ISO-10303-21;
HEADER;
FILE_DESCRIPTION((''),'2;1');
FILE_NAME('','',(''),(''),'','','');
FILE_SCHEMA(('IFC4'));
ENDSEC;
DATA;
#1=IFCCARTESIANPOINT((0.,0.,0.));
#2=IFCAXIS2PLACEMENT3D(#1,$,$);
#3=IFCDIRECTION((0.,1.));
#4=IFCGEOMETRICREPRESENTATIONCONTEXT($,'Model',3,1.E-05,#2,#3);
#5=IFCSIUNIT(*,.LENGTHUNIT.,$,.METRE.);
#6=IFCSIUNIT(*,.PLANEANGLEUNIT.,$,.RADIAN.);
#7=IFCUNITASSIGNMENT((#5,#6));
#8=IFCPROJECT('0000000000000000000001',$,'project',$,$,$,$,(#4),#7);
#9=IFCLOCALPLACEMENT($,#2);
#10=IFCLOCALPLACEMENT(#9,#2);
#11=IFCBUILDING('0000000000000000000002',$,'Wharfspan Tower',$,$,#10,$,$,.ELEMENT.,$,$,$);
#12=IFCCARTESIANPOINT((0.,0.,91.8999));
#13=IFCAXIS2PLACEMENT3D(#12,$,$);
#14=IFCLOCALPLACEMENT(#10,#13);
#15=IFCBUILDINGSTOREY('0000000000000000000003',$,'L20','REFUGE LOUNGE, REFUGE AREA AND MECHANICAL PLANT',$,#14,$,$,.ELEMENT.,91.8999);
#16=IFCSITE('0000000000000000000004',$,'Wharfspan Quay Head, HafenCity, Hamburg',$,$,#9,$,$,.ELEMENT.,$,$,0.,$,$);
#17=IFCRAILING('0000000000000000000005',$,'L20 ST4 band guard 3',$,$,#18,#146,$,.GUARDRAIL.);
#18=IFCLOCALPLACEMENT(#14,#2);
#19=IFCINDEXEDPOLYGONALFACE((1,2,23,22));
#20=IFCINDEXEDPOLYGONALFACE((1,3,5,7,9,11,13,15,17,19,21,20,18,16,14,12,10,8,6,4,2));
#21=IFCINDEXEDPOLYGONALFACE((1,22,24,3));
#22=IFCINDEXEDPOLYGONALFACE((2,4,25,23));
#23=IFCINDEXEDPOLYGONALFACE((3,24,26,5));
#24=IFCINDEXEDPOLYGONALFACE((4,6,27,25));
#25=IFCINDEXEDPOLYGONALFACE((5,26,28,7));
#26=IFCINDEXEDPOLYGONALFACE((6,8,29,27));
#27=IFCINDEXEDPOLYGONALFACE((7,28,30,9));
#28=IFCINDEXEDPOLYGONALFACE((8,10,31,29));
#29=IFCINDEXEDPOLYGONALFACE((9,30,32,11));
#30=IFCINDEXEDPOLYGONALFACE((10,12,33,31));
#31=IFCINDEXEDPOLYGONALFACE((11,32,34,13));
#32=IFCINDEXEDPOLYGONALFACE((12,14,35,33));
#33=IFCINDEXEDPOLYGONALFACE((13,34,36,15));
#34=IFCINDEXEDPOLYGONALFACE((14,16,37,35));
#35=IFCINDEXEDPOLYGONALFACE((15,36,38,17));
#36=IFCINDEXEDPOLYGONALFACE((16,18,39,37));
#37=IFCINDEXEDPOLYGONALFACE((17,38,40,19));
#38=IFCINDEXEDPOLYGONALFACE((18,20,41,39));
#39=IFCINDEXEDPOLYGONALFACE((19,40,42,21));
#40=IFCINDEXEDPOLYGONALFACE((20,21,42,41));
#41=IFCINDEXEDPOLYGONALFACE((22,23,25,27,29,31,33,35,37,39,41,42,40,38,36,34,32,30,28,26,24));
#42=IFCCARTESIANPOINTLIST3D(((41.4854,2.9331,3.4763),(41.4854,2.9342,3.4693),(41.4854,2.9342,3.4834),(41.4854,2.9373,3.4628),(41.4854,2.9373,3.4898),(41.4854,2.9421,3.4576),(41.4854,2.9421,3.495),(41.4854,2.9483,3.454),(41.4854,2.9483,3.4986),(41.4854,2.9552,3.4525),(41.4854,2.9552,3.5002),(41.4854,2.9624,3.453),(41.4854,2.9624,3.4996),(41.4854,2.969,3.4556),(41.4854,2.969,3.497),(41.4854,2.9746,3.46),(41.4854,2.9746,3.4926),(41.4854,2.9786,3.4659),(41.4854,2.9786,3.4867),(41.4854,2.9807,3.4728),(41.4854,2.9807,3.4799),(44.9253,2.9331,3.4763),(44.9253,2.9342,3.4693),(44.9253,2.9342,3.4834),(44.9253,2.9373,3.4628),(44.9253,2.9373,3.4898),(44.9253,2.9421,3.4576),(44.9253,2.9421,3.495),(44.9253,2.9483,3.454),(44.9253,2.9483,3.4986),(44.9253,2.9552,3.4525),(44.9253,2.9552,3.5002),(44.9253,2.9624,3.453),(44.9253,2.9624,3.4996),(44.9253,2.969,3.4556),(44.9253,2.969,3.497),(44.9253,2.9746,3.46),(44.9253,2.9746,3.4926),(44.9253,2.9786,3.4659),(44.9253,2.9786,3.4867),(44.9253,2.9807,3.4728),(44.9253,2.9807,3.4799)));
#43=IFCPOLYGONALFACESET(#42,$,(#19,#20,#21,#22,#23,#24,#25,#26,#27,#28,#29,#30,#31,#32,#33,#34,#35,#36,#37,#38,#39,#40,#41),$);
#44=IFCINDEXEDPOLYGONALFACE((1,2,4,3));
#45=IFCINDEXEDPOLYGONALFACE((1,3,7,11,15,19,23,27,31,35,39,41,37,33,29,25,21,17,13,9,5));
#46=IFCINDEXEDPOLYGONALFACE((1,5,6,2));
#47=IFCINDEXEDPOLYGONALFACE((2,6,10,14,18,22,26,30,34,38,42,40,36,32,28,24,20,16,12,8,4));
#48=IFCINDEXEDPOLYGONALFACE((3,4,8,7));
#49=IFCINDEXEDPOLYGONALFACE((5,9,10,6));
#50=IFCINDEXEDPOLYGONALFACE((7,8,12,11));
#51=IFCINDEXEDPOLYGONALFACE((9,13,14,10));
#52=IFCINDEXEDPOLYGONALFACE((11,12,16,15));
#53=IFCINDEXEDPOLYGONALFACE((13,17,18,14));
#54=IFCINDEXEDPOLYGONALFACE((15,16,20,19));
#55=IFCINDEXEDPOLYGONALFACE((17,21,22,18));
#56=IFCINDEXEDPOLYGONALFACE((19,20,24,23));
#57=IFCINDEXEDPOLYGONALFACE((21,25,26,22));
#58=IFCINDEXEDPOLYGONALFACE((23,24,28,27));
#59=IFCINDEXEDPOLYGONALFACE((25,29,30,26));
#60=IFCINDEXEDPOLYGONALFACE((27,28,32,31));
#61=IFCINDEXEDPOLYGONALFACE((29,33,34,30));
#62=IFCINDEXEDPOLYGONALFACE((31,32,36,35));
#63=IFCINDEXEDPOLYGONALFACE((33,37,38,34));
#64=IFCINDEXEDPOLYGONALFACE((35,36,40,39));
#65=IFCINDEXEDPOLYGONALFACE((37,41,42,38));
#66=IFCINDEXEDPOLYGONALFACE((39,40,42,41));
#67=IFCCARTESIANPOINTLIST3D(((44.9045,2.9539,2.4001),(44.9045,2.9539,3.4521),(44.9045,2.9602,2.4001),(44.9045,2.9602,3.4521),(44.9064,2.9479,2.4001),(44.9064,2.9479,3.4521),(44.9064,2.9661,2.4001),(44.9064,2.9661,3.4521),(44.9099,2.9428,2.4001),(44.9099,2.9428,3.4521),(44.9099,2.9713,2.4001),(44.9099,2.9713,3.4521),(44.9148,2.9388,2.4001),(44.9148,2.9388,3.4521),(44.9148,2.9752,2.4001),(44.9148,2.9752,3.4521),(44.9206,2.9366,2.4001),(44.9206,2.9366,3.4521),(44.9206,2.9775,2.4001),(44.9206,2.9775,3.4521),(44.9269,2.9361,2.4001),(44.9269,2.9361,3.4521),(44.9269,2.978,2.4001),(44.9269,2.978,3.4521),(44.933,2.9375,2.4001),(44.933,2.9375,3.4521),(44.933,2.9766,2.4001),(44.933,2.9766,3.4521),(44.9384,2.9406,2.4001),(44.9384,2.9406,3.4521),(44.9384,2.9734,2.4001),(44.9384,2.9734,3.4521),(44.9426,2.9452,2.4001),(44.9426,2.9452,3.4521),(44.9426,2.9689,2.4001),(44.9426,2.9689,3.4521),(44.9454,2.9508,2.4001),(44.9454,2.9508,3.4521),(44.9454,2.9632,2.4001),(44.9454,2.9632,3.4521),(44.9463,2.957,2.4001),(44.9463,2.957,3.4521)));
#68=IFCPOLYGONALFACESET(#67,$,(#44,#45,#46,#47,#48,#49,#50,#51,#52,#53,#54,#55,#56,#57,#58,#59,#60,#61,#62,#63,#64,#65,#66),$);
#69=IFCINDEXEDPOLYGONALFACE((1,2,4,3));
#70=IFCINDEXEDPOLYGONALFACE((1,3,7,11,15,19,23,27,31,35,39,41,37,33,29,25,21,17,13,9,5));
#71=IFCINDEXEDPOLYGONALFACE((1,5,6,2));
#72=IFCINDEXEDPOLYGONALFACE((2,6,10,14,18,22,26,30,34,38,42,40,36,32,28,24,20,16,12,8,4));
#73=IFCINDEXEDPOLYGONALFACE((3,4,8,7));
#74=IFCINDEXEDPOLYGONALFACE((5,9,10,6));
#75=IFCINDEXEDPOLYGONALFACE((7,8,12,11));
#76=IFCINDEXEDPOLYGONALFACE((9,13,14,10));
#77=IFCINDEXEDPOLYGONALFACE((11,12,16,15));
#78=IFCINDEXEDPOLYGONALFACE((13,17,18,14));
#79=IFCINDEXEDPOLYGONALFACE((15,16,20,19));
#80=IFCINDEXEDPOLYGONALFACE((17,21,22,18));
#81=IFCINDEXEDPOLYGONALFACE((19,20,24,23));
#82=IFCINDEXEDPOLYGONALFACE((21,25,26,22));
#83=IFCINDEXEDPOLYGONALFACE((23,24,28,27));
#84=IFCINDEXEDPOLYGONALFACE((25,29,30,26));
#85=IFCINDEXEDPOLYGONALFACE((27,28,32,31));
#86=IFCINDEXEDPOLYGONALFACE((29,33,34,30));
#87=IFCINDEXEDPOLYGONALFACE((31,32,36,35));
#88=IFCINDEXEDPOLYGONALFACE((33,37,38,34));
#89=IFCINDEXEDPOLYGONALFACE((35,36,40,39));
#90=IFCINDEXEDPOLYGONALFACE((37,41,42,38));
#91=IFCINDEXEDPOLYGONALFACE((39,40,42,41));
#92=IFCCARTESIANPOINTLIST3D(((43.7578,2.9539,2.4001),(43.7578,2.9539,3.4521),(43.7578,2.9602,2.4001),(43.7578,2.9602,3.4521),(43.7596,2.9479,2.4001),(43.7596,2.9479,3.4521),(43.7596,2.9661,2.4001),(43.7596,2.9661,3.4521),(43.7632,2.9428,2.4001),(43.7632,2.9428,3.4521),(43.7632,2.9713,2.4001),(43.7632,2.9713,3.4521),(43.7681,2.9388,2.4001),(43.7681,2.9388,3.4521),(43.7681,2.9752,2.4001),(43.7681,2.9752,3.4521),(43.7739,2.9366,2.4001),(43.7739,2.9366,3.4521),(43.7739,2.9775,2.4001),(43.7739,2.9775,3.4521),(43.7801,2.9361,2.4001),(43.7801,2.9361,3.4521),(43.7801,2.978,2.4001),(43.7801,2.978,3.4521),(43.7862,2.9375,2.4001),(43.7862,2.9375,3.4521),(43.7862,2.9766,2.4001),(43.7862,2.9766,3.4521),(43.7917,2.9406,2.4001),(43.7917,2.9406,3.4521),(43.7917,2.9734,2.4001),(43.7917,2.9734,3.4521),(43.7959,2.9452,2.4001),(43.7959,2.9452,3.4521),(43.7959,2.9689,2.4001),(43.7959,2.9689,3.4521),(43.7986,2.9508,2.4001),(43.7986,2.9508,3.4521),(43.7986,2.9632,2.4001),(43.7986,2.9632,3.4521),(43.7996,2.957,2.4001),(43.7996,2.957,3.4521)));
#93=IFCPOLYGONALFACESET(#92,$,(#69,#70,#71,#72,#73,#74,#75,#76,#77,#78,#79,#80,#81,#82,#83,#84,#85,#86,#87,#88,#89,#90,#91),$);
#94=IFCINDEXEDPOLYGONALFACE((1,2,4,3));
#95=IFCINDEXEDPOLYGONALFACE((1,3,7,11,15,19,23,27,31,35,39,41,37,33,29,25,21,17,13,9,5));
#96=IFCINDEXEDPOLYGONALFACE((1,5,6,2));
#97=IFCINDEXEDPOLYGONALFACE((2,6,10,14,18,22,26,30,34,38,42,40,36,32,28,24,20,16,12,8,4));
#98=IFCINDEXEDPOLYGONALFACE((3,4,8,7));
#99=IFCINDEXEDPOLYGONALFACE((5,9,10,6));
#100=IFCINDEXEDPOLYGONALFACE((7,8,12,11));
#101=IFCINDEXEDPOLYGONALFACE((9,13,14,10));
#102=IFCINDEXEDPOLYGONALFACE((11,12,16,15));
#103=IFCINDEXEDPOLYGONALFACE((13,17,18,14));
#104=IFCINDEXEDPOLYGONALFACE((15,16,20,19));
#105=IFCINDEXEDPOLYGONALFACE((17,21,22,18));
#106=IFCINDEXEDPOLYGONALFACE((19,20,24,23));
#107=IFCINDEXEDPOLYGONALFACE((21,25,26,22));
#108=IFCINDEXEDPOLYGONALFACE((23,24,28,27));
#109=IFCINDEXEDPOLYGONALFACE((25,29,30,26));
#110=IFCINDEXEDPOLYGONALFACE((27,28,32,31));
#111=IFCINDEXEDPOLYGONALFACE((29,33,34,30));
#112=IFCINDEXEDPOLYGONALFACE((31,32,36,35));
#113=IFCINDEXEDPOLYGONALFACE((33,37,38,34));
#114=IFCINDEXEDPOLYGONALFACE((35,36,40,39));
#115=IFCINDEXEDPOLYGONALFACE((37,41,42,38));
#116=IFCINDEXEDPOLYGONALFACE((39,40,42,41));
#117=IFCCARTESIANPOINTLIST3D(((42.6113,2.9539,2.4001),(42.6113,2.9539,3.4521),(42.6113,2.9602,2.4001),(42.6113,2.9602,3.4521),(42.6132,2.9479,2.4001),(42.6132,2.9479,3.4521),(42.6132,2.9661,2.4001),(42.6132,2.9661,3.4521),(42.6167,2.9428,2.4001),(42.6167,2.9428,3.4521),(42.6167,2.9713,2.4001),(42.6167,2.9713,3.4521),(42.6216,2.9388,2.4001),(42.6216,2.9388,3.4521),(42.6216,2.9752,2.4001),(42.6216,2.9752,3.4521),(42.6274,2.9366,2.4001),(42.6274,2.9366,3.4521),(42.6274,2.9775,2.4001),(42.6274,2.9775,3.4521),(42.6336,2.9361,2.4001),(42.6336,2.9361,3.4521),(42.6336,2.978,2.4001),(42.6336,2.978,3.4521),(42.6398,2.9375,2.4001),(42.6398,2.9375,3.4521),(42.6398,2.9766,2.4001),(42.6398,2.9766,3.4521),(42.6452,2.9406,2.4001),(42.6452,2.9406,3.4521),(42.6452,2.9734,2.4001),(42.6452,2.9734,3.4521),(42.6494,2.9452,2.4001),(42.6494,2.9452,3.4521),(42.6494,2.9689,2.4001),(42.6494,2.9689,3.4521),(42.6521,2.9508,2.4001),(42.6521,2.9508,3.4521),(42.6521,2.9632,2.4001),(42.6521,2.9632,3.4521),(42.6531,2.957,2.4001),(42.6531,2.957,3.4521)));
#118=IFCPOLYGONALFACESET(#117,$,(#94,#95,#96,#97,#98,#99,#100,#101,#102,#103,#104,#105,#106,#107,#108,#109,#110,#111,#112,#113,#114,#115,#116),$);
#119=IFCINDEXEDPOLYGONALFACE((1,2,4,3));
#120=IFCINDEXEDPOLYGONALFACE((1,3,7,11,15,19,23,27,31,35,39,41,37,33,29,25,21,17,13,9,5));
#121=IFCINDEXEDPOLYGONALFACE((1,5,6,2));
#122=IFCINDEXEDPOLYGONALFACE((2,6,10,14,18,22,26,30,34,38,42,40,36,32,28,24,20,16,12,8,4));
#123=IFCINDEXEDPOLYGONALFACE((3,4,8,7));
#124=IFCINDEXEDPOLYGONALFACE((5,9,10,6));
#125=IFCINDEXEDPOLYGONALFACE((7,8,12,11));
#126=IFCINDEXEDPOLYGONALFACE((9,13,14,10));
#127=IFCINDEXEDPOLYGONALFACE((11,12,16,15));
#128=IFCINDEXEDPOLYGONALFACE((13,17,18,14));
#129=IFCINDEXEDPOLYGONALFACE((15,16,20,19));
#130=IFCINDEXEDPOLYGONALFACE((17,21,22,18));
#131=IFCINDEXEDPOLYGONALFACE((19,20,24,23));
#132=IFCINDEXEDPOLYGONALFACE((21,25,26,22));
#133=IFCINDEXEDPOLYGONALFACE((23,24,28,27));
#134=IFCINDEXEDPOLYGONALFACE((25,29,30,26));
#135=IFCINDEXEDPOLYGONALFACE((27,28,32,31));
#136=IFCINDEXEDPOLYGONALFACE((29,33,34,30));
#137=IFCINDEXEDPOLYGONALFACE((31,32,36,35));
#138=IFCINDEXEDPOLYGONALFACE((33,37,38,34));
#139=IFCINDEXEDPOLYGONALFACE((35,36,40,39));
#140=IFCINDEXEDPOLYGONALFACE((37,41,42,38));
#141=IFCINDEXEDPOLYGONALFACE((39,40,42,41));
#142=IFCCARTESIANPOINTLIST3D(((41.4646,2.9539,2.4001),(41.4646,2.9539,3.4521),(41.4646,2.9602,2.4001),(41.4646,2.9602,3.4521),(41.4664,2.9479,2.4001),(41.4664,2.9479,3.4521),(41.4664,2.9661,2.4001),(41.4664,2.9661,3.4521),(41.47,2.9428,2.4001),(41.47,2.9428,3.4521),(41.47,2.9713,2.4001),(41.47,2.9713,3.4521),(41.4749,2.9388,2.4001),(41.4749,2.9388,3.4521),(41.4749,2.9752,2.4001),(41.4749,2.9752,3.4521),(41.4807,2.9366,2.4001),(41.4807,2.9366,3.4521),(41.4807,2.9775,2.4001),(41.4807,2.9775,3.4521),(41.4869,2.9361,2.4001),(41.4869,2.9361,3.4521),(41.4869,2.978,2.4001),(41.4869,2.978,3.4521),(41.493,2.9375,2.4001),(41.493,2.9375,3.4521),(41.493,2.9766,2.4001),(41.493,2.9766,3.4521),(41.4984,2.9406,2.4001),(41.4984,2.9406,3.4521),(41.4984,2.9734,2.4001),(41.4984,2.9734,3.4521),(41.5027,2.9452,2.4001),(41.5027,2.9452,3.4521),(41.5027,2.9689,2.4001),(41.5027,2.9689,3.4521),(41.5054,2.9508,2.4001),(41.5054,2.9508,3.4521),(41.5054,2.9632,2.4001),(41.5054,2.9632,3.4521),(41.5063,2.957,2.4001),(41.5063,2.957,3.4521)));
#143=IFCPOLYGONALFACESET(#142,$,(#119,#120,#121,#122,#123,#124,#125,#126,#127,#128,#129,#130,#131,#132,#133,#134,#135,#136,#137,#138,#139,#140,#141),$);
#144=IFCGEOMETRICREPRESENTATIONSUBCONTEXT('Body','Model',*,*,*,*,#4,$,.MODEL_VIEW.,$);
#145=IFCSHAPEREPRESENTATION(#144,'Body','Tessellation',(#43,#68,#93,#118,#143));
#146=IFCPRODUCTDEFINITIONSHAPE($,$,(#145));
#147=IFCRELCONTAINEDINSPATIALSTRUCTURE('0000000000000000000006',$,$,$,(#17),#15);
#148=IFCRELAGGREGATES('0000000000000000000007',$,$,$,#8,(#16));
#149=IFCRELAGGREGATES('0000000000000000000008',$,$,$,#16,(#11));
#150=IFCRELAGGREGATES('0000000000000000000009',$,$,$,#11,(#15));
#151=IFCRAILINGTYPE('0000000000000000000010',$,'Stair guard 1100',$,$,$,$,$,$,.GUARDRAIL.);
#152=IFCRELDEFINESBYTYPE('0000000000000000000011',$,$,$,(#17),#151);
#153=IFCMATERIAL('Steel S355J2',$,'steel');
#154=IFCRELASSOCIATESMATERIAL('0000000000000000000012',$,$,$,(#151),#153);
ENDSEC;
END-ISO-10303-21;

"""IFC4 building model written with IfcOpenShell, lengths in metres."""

from ifc_helpers import new_model, si_unit, direction, frame, origin, origin_2d, place, context, subcontext, project, spatial, circle, extrude, material, type_object, element, save


model = new_model("IFC4")

# Units and contexts
model_context = context("Model", 3, precision=1e-05, world=origin(), true_north=direction((0.0, 1.0)))
body_context = subcontext(model_context, "Body", "Model", "MODEL_VIEW")
ifc_project = project(units=[si_unit("LENGTHUNIT", "METRE"), si_unit("PLANEANGLEUNIT", "RADIAN")], contexts=[model_context])

# Site, building, storey
site_placement = place(None, origin())
site = spatial("IfcSite", under=ifc_project, at=site_placement, Name="Wharfspan Quay Head, HafenCity, Hamburg", CompositionType="ELEMENT", RefElevation=0.0)
building_placement = place(site_placement, origin())
building = spatial("IfcBuilding", under=site, at=building_placement, Name="Wharfspan Tower", CompositionType="ELEMENT")
storey_placement = place(building_placement, frame((0.0, 0.0, 91.8999)))
storey = spatial("IfcBuildingStorey", under=building, at=storey_placement, Name="L20", Description="REFUGE LOUNGE, REFUGE AREA AND MECHANICAL PLANT", CompositionType="ELEMENT", Elevation=91.8999)

# Railing
ifc_material_1 = material(Name="Steel S355J2", Category="steel")
railing_type_1 = type_object("IfcRailingType", Name="Stair guard 1100", PredefinedType="GUARDRAIL", material=ifc_material_1)
railing_1_placement = place(storey_placement, frame((44.9253, 2.957, 2.4001)))
element("IfcRailing", 1, at=railing_1_placement, inside=storey, type_object=railing_type_1, Name="L20 ST4 band guard 3", PredefinedType="GUARDRAIL", context=body_context, shape_type="SweptSolid", body=[
    extrude(circle(Radius=0.0239, at=origin_2d()), frame((0.0, 0.0, 1.0762), z_axis=(-1.0, 0.0, 0.0), x_axis=(0.0, -1.0, 0.0)), (0.0, 0.0, 1.0), 3.4399),
    extrude(circle(Radius=0.021, at=origin_2d()), origin(), (0.0, 0.0, 1.0), 1.052),
    extrude(circle(Radius=0.021, at=origin_2d()), frame((-1.1467, 0.0, 0.0)), (0.0, 0.0, 1.0), 1.052),
    extrude(circle(Radius=0.021, at=origin_2d()), frame((-2.2932, 0.0, 0.0)), (0.0, 0.0, 1.0), 1.052),
    extrude(circle(Radius=0.021, at=origin_2d()), frame((-3.4399, 0.0, 0.0)), (0.0, 0.0, 1.0), 1.052),
])

save(model, "model.ifc")
